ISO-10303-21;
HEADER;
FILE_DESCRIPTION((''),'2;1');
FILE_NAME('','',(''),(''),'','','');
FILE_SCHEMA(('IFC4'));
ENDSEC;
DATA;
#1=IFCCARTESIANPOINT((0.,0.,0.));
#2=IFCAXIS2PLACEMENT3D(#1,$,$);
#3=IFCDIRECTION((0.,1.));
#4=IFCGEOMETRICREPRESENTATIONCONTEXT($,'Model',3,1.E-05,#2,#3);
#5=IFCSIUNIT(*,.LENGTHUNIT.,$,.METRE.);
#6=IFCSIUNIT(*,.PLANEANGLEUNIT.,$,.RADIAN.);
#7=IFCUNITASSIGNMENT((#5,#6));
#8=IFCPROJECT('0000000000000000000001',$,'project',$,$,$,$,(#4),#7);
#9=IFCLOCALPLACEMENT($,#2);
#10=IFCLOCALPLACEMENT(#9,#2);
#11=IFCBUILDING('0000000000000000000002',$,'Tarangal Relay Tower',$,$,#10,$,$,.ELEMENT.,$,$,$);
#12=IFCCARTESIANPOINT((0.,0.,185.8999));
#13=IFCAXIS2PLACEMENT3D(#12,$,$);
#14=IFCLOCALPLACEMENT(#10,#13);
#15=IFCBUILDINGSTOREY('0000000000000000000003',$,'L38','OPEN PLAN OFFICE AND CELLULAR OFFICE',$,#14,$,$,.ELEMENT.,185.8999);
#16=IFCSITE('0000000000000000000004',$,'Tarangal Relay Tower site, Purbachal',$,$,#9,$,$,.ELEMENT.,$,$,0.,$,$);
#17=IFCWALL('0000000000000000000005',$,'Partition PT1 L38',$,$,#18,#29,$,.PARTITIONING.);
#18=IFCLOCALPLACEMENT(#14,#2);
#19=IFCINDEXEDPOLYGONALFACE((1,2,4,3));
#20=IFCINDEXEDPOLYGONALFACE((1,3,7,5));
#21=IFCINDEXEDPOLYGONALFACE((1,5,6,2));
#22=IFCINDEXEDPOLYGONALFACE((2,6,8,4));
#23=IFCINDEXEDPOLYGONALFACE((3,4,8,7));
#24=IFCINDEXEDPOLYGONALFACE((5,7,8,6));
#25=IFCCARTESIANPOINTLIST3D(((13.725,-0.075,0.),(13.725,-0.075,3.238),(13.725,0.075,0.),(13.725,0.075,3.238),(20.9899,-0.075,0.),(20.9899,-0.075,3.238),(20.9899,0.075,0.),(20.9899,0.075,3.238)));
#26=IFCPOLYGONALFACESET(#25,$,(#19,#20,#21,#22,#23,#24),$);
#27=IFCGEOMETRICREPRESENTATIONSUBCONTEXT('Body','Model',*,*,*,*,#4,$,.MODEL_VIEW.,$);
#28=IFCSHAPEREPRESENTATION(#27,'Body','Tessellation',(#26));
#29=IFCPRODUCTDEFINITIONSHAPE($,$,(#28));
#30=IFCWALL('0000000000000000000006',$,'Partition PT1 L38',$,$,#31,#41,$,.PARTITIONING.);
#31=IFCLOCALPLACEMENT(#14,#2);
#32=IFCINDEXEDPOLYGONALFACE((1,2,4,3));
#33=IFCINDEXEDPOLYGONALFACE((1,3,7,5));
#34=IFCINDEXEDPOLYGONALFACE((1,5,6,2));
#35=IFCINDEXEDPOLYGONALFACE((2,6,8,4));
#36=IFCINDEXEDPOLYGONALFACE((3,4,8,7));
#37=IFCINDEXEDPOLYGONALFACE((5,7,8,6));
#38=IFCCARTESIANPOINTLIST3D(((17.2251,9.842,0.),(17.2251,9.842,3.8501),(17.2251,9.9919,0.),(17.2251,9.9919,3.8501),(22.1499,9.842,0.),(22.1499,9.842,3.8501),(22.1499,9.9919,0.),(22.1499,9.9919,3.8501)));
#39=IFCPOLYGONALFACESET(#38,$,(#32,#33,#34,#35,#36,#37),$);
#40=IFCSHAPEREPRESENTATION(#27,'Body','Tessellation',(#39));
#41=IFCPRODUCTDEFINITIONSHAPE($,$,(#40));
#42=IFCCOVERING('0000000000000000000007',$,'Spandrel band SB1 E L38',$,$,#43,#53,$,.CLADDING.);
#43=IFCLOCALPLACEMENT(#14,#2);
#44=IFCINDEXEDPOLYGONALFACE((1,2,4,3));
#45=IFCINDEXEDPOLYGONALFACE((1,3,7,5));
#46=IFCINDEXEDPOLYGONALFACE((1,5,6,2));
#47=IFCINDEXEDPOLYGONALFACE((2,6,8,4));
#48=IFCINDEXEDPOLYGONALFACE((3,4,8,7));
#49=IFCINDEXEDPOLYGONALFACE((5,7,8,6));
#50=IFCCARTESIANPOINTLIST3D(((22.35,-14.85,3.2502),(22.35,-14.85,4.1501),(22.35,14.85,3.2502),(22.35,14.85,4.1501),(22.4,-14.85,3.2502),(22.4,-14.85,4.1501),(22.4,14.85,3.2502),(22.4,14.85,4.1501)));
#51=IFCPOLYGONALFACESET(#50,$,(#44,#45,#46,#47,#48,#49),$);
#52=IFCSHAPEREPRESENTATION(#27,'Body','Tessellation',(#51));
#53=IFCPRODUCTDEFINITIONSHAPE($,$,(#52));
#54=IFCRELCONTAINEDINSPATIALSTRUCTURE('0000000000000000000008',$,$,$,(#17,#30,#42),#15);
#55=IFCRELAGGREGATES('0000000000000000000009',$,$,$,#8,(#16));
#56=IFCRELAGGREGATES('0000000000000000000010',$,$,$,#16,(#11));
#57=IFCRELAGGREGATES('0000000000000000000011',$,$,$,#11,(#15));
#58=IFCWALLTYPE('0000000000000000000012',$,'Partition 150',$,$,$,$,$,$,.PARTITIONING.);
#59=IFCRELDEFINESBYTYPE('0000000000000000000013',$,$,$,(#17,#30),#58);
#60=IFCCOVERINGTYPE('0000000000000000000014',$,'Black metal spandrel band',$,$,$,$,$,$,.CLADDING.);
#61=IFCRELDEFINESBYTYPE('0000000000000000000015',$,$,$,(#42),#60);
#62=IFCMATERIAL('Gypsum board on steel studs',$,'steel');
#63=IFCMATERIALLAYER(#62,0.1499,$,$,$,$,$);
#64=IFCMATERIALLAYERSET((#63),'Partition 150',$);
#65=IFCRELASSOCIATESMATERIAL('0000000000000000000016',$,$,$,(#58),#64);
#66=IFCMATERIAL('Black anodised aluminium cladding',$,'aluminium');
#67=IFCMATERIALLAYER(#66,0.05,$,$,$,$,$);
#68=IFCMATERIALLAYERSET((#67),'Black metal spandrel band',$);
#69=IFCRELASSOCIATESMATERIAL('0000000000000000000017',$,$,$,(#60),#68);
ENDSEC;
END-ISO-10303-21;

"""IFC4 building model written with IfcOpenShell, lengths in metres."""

from ifc_helpers import new_model, si_unit, direction, frame, frame_2d, origin, origin_2d, place, context, subcontext, project, spatial, rectangle, extrude, material, layer, layer_set, type_object, element, save


model = new_model("IFC4")

# Units and contexts
model_context = context("Model", 3, precision=1e-05, world=origin(), true_north=direction((0.0, 1.0)))
body_context = subcontext(model_context, "Body", "Model", "MODEL_VIEW")
ifc_project = project(units=[si_unit("LENGTHUNIT", "METRE"), si_unit("PLANEANGLEUNIT", "RADIAN")], contexts=[model_context])

# Site, building, storey
site_placement = place(None, origin())
site = spatial("IfcSite", under=ifc_project, at=site_placement, Name="Tarangal Relay Tower site, Purbachal", CompositionType="ELEMENT", RefElevation=0.0)
building_placement = place(site_placement, origin())
building = spatial("IfcBuilding", under=site, at=building_placement, Name="Tarangal Relay Tower", CompositionType="ELEMENT")
storey_placement = place(building_placement, frame((0.0, 0.0, 185.8999)))
storey = spatial("IfcBuildingStorey", under=building, at=storey_placement, Name="L38", Description="OPEN PLAN OFFICE AND CELLULAR OFFICE", CompositionType="ELEMENT", Elevation=185.8999)

# Walls
ifc_material_1 = material(Name="Gypsum board on steel studs", Category="steel")
ifc_layer_1 = layer(ifc_material_1, 0.1499)
ifc_layer_set_1 = layer_set([ifc_layer_1], Name="Partition 150")
wall_type_1 = type_object("IfcWallType", Name="Partition 150", PredefinedType="PARTITIONING", material=ifc_layer_set_1)
wall_1_placement = place(storey_placement, frame((13.7251, 0.0, 0.0), z_axis=(0.0, 0.0, 1.0), x_axis=(1.0, 0.0, 0.0)))
element("IfcWall", 1, at=wall_1_placement, inside=storey, type_object=wall_type_1, Name="Partition PT1 L38", PredefinedType="PARTITIONING", context=body_context, shape_type="SweptSolid", body=[
    extrude(rectangle(XDim=7.2649, YDim=0.1499, at=frame_2d((3.6323, 0.0))), origin(), (0.0, 0.0, 1.0), 3.238),
])
wall_2_placement = place(storey_placement, frame((17.2251, 9.917, 0.0), z_axis=(0.0, 0.0, 1.0), x_axis=(1.0, 0.0, 0.0)))
element("IfcWall", 2, at=wall_2_placement, inside=storey, type_object=wall_type_1, Name="Partition PT1 L38", PredefinedType="PARTITIONING", context=body_context, shape_type="SweptSolid", body=[
    extrude(rectangle(XDim=4.9248, YDim=0.1499, at=frame_2d((2.4624, 0.0))), origin(), (0.0, 0.0, 1.0), 3.8501),
])

# Covering
ifc_material_2 = material(Name="Black anodised aluminium cladding", Category="aluminium")
ifc_layer_2 = layer(ifc_material_2, 0.05)
ifc_layer_set_2 = layer_set([ifc_layer_2], Name="Black metal spandrel band")
covering_type = type_object("IfcCoveringType", Name="Black metal spandrel band", PredefinedType="CLADDING", material=ifc_layer_set_2)
covering_placement = place(storey_placement, frame((22.375, 0.0, 3.2502), z_axis=(0.0, 0.0, 1.0), x_axis=(0.0, -1.0, 0.0)))
element("IfcCovering", 3, at=covering_placement, inside=storey, type_object=covering_type, Name="Spandrel band SB1 E L38", PredefinedType="CLADDING", context=body_context, shape_type="SweptSolid", body=[
    extrude(rectangle(XDim=29.7, YDim=0.05, at=origin_2d()), origin(), (0.0, 0.0, 1.0), 0.8999),
])

save(model, "model.ifc")
